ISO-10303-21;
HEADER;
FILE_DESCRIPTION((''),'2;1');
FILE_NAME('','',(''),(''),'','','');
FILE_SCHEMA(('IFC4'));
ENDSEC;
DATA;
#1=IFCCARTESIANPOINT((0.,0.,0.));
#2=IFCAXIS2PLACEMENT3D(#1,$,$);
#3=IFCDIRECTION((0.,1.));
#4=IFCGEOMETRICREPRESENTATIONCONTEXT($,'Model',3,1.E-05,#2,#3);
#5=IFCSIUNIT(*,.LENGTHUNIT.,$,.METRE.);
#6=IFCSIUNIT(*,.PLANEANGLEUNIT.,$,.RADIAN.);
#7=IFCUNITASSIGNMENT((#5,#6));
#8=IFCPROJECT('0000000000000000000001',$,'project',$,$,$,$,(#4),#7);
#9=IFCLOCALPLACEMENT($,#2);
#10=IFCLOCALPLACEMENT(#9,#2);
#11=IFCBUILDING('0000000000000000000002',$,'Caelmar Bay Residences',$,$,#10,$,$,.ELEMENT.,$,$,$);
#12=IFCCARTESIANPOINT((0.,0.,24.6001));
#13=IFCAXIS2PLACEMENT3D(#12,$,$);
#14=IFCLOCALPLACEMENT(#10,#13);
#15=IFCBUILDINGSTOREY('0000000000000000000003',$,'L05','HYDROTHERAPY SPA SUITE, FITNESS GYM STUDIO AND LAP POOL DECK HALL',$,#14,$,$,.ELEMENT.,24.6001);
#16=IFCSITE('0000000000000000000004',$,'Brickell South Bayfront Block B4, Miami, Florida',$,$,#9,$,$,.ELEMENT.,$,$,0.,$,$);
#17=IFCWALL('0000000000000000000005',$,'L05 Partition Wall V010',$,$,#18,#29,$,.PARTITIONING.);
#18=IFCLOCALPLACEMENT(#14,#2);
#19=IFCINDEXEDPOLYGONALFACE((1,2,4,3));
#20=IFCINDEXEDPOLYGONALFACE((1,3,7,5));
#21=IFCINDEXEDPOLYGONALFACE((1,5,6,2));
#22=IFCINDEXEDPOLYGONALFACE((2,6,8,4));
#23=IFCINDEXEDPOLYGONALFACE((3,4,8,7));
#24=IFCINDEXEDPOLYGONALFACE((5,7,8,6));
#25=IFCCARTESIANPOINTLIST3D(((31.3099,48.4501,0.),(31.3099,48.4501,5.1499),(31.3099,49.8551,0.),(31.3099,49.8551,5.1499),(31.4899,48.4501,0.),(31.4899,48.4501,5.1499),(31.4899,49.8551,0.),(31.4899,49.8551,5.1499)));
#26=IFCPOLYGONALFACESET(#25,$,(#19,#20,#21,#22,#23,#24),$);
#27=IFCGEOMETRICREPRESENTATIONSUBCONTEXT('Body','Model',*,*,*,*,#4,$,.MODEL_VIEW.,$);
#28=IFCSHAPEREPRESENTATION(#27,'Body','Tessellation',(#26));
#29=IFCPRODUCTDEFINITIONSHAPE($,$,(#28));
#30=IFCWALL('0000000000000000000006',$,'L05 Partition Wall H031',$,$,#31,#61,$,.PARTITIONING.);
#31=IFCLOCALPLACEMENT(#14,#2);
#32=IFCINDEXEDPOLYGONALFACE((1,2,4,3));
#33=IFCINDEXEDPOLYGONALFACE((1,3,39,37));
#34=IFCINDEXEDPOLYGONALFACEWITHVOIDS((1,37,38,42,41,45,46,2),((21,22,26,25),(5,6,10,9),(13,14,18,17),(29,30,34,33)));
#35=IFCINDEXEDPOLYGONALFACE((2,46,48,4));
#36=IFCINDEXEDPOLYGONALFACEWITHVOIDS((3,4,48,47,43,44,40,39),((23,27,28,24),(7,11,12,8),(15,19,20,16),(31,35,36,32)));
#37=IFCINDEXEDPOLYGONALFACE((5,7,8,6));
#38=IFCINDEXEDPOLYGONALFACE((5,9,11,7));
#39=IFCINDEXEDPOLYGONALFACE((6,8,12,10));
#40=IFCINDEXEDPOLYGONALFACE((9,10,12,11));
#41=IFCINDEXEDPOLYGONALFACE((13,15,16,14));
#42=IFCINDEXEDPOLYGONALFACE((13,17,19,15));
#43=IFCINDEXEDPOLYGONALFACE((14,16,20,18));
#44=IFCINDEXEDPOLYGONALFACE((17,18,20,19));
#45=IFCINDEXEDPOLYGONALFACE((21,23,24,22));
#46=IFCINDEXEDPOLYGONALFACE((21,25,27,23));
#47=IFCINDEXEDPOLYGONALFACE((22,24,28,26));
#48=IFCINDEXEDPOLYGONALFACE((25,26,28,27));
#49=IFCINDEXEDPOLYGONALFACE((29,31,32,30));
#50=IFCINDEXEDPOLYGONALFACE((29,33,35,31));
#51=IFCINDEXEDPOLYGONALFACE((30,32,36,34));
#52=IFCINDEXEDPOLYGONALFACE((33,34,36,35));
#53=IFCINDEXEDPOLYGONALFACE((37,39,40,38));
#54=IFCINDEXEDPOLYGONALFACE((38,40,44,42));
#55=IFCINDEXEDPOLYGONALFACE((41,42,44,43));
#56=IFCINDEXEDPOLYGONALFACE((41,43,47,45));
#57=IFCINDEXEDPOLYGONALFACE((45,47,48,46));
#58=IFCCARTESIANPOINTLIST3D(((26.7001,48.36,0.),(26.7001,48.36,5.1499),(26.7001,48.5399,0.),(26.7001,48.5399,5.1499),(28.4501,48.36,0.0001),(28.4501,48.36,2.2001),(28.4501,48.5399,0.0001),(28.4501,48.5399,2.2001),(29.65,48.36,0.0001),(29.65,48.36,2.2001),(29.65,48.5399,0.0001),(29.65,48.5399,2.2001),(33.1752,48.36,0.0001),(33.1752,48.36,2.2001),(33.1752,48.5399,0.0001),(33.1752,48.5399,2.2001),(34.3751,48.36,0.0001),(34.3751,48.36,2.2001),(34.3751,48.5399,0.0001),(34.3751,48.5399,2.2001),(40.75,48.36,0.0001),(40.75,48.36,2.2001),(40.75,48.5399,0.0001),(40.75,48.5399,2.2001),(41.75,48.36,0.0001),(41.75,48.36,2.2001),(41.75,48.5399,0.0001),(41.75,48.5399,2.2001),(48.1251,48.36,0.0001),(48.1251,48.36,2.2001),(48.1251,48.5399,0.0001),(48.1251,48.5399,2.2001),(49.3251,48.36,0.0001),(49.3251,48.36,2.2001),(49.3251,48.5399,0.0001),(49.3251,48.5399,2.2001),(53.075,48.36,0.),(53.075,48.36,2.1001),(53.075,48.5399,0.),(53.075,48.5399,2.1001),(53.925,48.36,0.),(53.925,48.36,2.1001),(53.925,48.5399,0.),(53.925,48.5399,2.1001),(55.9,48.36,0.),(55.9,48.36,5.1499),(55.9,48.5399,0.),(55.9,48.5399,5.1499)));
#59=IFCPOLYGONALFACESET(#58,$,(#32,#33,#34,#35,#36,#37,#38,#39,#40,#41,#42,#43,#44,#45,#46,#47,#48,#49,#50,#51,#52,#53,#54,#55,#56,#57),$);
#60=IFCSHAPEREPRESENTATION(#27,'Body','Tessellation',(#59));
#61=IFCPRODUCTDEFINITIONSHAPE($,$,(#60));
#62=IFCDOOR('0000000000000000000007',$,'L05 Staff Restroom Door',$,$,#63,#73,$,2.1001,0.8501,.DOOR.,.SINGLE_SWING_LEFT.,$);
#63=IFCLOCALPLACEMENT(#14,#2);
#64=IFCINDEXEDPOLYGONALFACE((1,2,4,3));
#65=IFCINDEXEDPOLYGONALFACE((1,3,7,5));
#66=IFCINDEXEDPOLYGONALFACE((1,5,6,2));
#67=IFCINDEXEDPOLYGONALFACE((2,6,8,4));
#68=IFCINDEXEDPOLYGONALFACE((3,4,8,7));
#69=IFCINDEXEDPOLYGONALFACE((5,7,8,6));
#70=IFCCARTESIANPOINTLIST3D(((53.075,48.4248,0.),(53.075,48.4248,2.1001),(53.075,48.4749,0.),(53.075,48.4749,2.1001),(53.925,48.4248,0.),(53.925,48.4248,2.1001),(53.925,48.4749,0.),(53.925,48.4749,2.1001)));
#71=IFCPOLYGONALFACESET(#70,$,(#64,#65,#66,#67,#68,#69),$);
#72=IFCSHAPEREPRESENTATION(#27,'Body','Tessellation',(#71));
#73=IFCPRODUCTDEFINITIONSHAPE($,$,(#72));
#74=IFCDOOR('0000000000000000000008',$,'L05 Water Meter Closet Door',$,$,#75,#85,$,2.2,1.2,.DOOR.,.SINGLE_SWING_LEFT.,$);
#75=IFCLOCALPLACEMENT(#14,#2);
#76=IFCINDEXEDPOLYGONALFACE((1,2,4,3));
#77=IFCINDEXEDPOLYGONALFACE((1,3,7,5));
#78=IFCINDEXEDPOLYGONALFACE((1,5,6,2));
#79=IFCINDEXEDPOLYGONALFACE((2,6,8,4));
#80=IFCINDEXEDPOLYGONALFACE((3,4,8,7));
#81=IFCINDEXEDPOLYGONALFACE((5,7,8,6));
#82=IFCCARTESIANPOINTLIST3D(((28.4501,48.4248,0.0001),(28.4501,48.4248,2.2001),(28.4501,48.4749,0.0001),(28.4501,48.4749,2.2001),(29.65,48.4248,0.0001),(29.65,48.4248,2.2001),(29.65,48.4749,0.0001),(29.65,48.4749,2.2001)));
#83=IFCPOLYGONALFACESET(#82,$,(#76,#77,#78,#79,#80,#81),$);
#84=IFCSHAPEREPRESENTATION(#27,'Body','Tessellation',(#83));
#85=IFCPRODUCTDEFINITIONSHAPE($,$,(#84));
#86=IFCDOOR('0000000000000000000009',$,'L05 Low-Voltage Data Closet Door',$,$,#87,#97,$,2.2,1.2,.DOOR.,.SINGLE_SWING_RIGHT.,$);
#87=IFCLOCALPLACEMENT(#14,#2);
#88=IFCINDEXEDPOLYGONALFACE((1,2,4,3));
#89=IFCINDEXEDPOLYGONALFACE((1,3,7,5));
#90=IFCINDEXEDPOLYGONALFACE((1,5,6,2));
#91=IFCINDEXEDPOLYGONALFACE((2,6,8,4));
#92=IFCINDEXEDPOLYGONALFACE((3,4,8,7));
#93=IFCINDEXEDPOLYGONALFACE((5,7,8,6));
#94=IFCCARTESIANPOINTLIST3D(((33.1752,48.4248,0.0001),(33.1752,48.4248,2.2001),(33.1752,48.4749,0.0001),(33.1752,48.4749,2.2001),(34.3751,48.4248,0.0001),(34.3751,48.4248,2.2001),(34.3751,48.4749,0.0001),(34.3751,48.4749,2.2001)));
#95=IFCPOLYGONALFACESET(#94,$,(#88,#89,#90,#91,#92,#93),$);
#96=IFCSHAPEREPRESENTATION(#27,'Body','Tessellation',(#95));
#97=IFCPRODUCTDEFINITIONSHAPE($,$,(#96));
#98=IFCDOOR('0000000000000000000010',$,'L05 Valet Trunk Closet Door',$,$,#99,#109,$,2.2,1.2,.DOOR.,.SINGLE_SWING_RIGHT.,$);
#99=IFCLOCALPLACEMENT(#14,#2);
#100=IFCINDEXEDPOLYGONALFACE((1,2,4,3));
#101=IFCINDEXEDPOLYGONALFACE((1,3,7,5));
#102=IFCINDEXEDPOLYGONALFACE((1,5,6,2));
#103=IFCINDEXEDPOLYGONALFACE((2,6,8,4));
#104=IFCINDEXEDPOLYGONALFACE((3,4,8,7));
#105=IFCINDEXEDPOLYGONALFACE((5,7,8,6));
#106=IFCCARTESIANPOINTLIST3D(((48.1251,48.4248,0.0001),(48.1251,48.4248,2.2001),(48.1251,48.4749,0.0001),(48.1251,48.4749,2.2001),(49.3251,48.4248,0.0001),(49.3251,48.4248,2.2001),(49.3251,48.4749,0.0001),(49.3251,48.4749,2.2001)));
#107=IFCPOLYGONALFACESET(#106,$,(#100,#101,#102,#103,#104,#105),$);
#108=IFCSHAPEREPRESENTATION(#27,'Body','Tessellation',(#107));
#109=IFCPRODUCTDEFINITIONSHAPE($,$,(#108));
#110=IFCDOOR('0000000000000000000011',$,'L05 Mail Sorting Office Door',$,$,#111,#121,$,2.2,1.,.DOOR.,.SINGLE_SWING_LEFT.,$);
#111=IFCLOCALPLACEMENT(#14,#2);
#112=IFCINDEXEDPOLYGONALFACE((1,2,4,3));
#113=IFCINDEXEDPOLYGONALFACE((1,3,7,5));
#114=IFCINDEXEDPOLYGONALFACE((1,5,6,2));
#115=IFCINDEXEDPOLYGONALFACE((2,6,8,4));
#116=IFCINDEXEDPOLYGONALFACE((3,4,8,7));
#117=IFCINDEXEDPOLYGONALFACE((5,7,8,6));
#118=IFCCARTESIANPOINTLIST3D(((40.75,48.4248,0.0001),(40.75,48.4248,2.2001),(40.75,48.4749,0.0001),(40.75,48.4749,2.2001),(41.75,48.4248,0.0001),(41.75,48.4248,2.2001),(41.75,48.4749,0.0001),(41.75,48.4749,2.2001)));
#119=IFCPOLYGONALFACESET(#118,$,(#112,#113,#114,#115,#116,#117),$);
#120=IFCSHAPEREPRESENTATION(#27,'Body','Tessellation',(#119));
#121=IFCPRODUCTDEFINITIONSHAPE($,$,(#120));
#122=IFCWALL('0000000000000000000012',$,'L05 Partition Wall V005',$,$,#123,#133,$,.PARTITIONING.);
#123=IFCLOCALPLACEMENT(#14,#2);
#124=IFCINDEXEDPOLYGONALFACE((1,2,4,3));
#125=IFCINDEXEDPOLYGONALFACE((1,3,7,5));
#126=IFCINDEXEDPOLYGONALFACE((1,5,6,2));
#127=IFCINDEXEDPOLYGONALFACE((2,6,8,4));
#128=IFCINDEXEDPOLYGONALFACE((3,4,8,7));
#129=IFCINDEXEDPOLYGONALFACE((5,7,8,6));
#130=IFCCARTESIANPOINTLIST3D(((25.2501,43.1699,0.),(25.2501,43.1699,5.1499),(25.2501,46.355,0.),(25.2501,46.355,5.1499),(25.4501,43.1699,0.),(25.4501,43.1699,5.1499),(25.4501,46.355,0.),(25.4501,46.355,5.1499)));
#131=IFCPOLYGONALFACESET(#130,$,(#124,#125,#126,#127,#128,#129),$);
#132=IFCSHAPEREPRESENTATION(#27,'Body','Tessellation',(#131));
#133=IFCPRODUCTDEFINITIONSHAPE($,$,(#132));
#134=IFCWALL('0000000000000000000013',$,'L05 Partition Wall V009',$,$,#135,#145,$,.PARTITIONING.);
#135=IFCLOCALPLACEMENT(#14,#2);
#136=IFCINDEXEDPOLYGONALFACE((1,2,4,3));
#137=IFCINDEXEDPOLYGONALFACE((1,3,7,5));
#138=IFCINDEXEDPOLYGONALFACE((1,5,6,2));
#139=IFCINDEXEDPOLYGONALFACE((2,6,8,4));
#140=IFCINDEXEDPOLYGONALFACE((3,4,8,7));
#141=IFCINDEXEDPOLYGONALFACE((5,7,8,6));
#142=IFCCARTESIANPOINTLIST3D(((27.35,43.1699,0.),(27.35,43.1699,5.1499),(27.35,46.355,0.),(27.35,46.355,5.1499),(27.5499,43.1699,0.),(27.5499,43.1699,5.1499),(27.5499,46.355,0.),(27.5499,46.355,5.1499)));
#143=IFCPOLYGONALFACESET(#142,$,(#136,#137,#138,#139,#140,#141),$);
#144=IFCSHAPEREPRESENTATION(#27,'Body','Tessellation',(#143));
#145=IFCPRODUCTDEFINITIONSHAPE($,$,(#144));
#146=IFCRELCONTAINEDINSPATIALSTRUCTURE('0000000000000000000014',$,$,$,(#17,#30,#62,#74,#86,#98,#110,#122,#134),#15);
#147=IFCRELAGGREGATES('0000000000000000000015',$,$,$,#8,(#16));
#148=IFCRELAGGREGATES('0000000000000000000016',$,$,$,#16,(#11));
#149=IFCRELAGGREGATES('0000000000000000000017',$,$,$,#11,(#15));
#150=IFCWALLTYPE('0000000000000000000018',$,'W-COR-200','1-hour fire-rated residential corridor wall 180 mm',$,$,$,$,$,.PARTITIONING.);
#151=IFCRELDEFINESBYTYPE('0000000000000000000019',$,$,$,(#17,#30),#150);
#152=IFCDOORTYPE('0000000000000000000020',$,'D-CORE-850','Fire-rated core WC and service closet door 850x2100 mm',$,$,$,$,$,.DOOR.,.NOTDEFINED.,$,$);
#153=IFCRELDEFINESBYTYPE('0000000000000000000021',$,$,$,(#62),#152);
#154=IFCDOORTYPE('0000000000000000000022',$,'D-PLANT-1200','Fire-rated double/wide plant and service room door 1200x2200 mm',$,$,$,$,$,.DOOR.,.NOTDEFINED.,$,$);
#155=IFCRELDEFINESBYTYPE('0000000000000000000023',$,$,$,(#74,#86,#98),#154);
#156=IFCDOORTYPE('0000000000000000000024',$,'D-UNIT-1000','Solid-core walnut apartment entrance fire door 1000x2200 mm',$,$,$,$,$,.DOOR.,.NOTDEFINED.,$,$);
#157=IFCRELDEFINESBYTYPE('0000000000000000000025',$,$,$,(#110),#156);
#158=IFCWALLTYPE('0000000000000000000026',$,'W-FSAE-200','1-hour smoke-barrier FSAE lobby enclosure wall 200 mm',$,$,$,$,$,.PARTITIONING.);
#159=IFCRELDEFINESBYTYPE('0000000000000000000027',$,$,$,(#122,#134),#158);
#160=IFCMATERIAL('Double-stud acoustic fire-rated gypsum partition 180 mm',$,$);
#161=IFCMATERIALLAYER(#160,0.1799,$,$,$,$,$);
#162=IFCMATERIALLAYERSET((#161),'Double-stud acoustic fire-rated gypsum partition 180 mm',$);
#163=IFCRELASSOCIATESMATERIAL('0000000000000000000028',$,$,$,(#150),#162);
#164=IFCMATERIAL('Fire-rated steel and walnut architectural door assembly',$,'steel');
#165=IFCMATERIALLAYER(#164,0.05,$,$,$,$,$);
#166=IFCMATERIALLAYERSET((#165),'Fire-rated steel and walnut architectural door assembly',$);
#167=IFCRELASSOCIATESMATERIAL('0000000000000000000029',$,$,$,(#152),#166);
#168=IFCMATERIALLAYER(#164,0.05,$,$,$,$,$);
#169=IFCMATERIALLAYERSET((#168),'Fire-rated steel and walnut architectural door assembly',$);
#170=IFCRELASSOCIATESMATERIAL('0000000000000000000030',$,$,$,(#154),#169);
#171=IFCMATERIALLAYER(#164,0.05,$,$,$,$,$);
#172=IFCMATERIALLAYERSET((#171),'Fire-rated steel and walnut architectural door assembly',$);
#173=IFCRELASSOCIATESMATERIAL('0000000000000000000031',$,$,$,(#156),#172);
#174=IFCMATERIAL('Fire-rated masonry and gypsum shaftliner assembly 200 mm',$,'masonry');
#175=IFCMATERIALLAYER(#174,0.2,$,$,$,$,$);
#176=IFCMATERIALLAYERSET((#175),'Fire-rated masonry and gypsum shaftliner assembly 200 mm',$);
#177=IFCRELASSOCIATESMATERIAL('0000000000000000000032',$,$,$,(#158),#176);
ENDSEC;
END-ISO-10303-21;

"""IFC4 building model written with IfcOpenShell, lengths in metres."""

from ifc_helpers import new_model, si_unit, direction, frame, frame_2d, origin, place, context, subcontext, project, spatial, rectangle, extrude, material, layer, layer_set, type_object, element, fill, save


model = new_model("IFC4")

# Units and contexts
model_context = context("Model", 3, precision=1e-05, world=origin(), true_north=direction((0.0, 1.0)))
body_context = subcontext(model_context, "Body", "Model", "MODEL_VIEW")
ifc_project = project(units=[si_unit("LENGTHUNIT", "METRE"), si_unit("PLANEANGLEUNIT", "RADIAN")], contexts=[model_context])

# Site, building, storey
site_placement = place(None, origin())
site = spatial("IfcSite", under=ifc_project, at=site_placement, Name="Brickell South Bayfront Block B4, Miami, Florida", CompositionType="ELEMENT", RefElevation=0.0)
building_placement = place(site_placement, origin())
building = spatial("IfcBuilding", under=site, at=building_placement, Name="Caelmar Bay Residences", CompositionType="ELEMENT")
storey_placement = place(building_placement, frame((0.0, 0.0, 24.6001)))
storey = spatial("IfcBuildingStorey", under=building, at=storey_placement, Name="L05", Description="HYDROTHERAPY SPA SUITE, FITNESS GYM STUDIO AND LAP POOL DECK HALL", CompositionType="ELEMENT", Elevation=24.6001)

# Shared definitions
ifc_material_1 = material(Name="Fire-rated steel and walnut architectural door assembly", Category="steel")

# Wall
ifc_material_2 = material(Name="Double-stud acoustic fire-rated gypsum partition 180 mm")
ifc_layer_1 = layer(ifc_material_2, 0.1799)
ifc_layer_set_1 = layer_set([ifc_layer_1], Name="Double-stud acoustic fire-rated gypsum partition 180 mm")
wall_type_1 = type_object("IfcWallType", Name="W-COR-200", Description="1-hour fire-rated residential corridor wall 180 mm", PredefinedType="PARTITIONING", material=ifc_layer_set_1)
for number, where, z_axis, x_axis, name in (
    (1, (31.3999, 48.45, 0.0), (0.0, 0.0, 1.0), (0.0, 1.0, 0.0), "L05 Partition Wall V010"),
):
    element("IfcWall", number, at=place(storey_placement, frame(where, z_axis=z_axis, x_axis=x_axis)), inside=storey, type_object=wall_type_1, Name=name, PredefinedType="PARTITIONING", context=body_context, shape_type="SweptSolid", body=[
        extrude(rectangle(XDim=1.405, YDim=0.1799, at=frame_2d((0.7026, 0.0))), origin(), (0.0, 0.0, 1.0), 5.1499),
    ])

# Wall, openings, doors
wall_1_placement = place(storey_placement, frame((26.7, 48.45, 0.0), z_axis=(0.0, 0.0, 1.0), x_axis=(1.0, 0.0, 0.0)))
wall_1 = element("IfcWall", 2, at=wall_1_placement, inside=storey, type_object=wall_type_1, Name="L05 Partition Wall H031", PredefinedType="PARTITIONING", context=body_context, shape_type="SweptSolid", body=[
    extrude(rectangle(XDim=29.2, YDim=0.1799, at=frame_2d((14.6001, 0.0))), origin(), (0.0, 0.0, 1.0), 5.1499),
])
opening_1_placement = place(wall_1_placement, frame((1.75, 0.0, 0.0)))
opening_1 = element("IfcOpeningElement", 3, at=opening_1_placement, cuts=wall_1, PredefinedType="OPENING", context=body_context, shape_type="SweptSolid", body=[
    extrude(rectangle(XDim=1.2, YDim=2.2, at=frame_2d((0.6001, 1.1001))), frame((0.0, 0.0999, 0.0), z_axis=(0.0, -1.0, 0.0), x_axis=(1.0, 0.0, 0.0)), (0.0, 0.0, 1.0), 0.2),
])
opening_2_placement = place(wall_1_placement, frame((6.4751, 0.0, 0.0)))
opening_2 = element("IfcOpeningElement", 4, at=opening_2_placement, cuts=wall_1, PredefinedType="OPENING", context=body_context, shape_type="SweptSolid", body=[
    extrude(rectangle(XDim=1.2, YDim=2.2, at=frame_2d((0.6001, 1.1001))), frame((0.0, 0.0999, 0.0), z_axis=(0.0, -1.0, 0.0), x_axis=(1.0, 0.0, 0.0)), (0.0, 0.0, 1.0), 0.2),
])
opening_3_placement = place(wall_1_placement, frame((14.05, 0.0, 0.0)))
opening_3 = element("IfcOpeningElement", 5, at=opening_3_placement, cuts=wall_1, PredefinedType="OPENING", context=body_context, shape_type="SweptSolid", body=[
    extrude(rectangle(XDim=1.0, YDim=2.2, at=frame_2d((0.5, 1.1001))), frame((0.0, 0.0999, 0.0), z_axis=(0.0, -1.0, 0.0), x_axis=(1.0, 0.0, 0.0)), (0.0, 0.0, 1.0), 0.2),
])
opening_4_placement = place(wall_1_placement, frame((21.425, 0.0, 0.0)))
opening_4 = element("IfcOpeningElement", 6, at=opening_4_placement, cuts=wall_1, PredefinedType="OPENING", context=body_context, shape_type="SweptSolid", body=[
    extrude(rectangle(XDim=1.2, YDim=2.2, at=frame_2d((0.6001, 1.1001))), frame((0.0, 0.0999, 0.0), z_axis=(0.0, -1.0, 0.0), x_axis=(1.0, 0.0, 0.0)), (0.0, 0.0, 1.0), 0.2),
])
opening_5_placement = place(wall_1_placement, frame((26.375, 0.0, 0.0)))
opening_5 = element("IfcOpeningElement", 7, at=opening_5_placement, cuts=wall_1, PredefinedType="OPENING", context=body_context, shape_type="SweptSolid", body=[
    extrude(rectangle(XDim=0.8501, YDim=2.1001, at=frame_2d((0.425, 1.05))), frame((0.0, 0.0999, 0.0), z_axis=(0.0, -1.0, 0.0), x_axis=(1.0, 0.0, 0.0)), (0.0, 0.0, 1.0), 0.2),
])
ifc_layer_2 = layer(ifc_material_1, 0.05)
ifc_layer_set_2 = layer_set([ifc_layer_2], Name="Fire-rated steel and walnut architectural door assembly")
door_type_1 = type_object("IfcDoorType", Name="D-CORE-850", Description="Fire-rated core WC and service closet door 850x2100 mm", OperationType="NOTDEFINED", PredefinedType="DOOR", material=ifc_layer_set_2)
door_1_placement = place(opening_5_placement, origin())
door_1 = element("IfcDoor", 8, at=door_1_placement, inside=storey, type_object=door_type_1, Name="L05 Staff Restroom Door", OperationType="SINGLE_SWING_LEFT", OverallHeight=2.1001, OverallWidth=0.8501, PredefinedType="DOOR", context=body_context, shape_type="SweptSolid", body=[
    extrude(rectangle(XDim=0.8501, YDim=2.1001, at=frame_2d((0.425, 1.05))), frame((0.0, 0.0249, 0.0), z_axis=(0.0, -1.0, 0.0), x_axis=(1.0, 0.0, 0.0)), (0.0, 0.0, 1.0), 0.05),
])
fill(opening_5, door_1)
ifc_layer_3 = layer(ifc_material_1, 0.05)
ifc_layer_set_3 = layer_set([ifc_layer_3], Name="Fire-rated steel and walnut architectural door assembly")
door_type_2 = type_object("IfcDoorType", Name="D-PLANT-1200", Description="Fire-rated double/wide plant and service room door 1200x2200 mm", OperationType="NOTDEFINED", PredefinedType="DOOR", material=ifc_layer_set_3)
door_2_placement = place(opening_1_placement, origin())
door_2 = element("IfcDoor", 9, at=door_2_placement, inside=storey, type_object=door_type_2, Name="L05 Water Meter Closet Door", OperationType="SINGLE_SWING_LEFT", OverallHeight=2.2, OverallWidth=1.2, PredefinedType="DOOR", context=body_context, shape_type="SweptSolid", body=[
    extrude(rectangle(XDim=1.2, YDim=2.2, at=frame_2d((0.6001, 1.1001))), frame((0.0, 0.0249, 0.0), z_axis=(0.0, -1.0, 0.0), x_axis=(1.0, 0.0, 0.0)), (0.0, 0.0, 1.0), 0.05),
])
fill(opening_1, door_2)
door_3_placement = place(opening_2_placement, origin())
door_3 = element("IfcDoor", 10, at=door_3_placement, inside=storey, type_object=door_type_2, Name="L05 Low-Voltage Data Closet Door", OperationType="SINGLE_SWING_RIGHT", OverallHeight=2.2, OverallWidth=1.2, PredefinedType="DOOR", context=body_context, shape_type="SweptSolid", body=[
    extrude(rectangle(XDim=1.2, YDim=2.2, at=frame_2d((0.6001, 1.1001))), frame((0.0, 0.0249, 0.0), z_axis=(0.0, -1.0, 0.0), x_axis=(1.0, 0.0, 0.0)), (0.0, 0.0, 1.0), 0.05),
])
fill(opening_2, door_3)
door_4_placement = place(opening_4_placement, origin())
door_4 = element("IfcDoor", 11, at=door_4_placement, inside=storey, type_object=door_type_2, Name="L05 Valet Trunk Closet Door", OperationType="SINGLE_SWING_RIGHT", OverallHeight=2.2, OverallWidth=1.2, PredefinedType="DOOR", context=body_context, shape_type="SweptSolid", body=[
    extrude(rectangle(XDim=1.2, YDim=2.2, at=frame_2d((0.6001, 1.1001))), frame((0.0, 0.0249, 0.0), z_axis=(0.0, -1.0, 0.0), x_axis=(1.0, 0.0, 0.0)), (0.0, 0.0, 1.0), 0.05),
])
fill(opening_4, door_4)
ifc_layer_4 = layer(ifc_material_1, 0.05)
ifc_layer_set_4 = layer_set([ifc_layer_4], Name="Fire-rated steel and walnut architectural door assembly")
door_type_3 = type_object("IfcDoorType", Name="D-UNIT-1000", Description="Solid-core walnut apartment entrance fire door 1000x2200 mm", OperationType="NOTDEFINED", PredefinedType="DOOR", material=ifc_layer_set_4)
door_5_placement = place(opening_3_placement, origin())
door_5 = element("IfcDoor", 12, at=door_5_placement, inside=storey, type_object=door_type_3, Name="L05 Mail Sorting Office Door", OperationType="SINGLE_SWING_LEFT", OverallHeight=2.2, OverallWidth=1.0, PredefinedType="DOOR", context=body_context, shape_type="SweptSolid", body=[
    extrude(rectangle(XDim=1.0, YDim=2.2, at=frame_2d((0.5, 1.1001))), frame((0.0, 0.0249, 0.0), z_axis=(0.0, -1.0, 0.0), x_axis=(1.0, 0.0, 0.0)), (0.0, 0.0, 1.0), 0.05),
])
fill(opening_3, door_5)

# Walls
ifc_material_3 = material(Name="Fire-rated masonry and gypsum shaftliner assembly 200 mm", Category="masonry")
ifc_layer_5 = layer(ifc_material_3, 0.2)
ifc_layer_set_5 = layer_set([ifc_layer_5], Name="Fire-rated masonry and gypsum shaftliner assembly 200 mm")
wall_type_2 = type_object("IfcWallType", Name="W-FSAE-200", Description="1-hour smoke-barrier FSAE lobby enclosure wall 200 mm", PredefinedType="PARTITIONING", material=ifc_layer_set_5)
for number, where, z_axis, x_axis, name in (
    (13, (25.3501, 43.1699, 0.0), (0.0, 0.0, 1.0), (0.0, 1.0, 0.0), "L05 Partition Wall V005"),
    (14, (27.45, 43.1699, 0.0), (0.0, 0.0, 1.0), (0.0, 1.0, 0.0), "L05 Partition Wall V009"),
):
    element("IfcWall", number, at=place(storey_placement, frame(where, z_axis=z_axis, x_axis=x_axis)), inside=storey, type_object=wall_type_2, Name=name, PredefinedType="PARTITIONING", context=body_context, shape_type="SweptSolid", body=[
        extrude(rectangle(XDim=3.1851, YDim=0.2, at=frame_2d((1.5925, 0.0))), origin(), (0.0, 0.0, 1.0), 5.1499),
    ])

save(model, "model.ifc")
